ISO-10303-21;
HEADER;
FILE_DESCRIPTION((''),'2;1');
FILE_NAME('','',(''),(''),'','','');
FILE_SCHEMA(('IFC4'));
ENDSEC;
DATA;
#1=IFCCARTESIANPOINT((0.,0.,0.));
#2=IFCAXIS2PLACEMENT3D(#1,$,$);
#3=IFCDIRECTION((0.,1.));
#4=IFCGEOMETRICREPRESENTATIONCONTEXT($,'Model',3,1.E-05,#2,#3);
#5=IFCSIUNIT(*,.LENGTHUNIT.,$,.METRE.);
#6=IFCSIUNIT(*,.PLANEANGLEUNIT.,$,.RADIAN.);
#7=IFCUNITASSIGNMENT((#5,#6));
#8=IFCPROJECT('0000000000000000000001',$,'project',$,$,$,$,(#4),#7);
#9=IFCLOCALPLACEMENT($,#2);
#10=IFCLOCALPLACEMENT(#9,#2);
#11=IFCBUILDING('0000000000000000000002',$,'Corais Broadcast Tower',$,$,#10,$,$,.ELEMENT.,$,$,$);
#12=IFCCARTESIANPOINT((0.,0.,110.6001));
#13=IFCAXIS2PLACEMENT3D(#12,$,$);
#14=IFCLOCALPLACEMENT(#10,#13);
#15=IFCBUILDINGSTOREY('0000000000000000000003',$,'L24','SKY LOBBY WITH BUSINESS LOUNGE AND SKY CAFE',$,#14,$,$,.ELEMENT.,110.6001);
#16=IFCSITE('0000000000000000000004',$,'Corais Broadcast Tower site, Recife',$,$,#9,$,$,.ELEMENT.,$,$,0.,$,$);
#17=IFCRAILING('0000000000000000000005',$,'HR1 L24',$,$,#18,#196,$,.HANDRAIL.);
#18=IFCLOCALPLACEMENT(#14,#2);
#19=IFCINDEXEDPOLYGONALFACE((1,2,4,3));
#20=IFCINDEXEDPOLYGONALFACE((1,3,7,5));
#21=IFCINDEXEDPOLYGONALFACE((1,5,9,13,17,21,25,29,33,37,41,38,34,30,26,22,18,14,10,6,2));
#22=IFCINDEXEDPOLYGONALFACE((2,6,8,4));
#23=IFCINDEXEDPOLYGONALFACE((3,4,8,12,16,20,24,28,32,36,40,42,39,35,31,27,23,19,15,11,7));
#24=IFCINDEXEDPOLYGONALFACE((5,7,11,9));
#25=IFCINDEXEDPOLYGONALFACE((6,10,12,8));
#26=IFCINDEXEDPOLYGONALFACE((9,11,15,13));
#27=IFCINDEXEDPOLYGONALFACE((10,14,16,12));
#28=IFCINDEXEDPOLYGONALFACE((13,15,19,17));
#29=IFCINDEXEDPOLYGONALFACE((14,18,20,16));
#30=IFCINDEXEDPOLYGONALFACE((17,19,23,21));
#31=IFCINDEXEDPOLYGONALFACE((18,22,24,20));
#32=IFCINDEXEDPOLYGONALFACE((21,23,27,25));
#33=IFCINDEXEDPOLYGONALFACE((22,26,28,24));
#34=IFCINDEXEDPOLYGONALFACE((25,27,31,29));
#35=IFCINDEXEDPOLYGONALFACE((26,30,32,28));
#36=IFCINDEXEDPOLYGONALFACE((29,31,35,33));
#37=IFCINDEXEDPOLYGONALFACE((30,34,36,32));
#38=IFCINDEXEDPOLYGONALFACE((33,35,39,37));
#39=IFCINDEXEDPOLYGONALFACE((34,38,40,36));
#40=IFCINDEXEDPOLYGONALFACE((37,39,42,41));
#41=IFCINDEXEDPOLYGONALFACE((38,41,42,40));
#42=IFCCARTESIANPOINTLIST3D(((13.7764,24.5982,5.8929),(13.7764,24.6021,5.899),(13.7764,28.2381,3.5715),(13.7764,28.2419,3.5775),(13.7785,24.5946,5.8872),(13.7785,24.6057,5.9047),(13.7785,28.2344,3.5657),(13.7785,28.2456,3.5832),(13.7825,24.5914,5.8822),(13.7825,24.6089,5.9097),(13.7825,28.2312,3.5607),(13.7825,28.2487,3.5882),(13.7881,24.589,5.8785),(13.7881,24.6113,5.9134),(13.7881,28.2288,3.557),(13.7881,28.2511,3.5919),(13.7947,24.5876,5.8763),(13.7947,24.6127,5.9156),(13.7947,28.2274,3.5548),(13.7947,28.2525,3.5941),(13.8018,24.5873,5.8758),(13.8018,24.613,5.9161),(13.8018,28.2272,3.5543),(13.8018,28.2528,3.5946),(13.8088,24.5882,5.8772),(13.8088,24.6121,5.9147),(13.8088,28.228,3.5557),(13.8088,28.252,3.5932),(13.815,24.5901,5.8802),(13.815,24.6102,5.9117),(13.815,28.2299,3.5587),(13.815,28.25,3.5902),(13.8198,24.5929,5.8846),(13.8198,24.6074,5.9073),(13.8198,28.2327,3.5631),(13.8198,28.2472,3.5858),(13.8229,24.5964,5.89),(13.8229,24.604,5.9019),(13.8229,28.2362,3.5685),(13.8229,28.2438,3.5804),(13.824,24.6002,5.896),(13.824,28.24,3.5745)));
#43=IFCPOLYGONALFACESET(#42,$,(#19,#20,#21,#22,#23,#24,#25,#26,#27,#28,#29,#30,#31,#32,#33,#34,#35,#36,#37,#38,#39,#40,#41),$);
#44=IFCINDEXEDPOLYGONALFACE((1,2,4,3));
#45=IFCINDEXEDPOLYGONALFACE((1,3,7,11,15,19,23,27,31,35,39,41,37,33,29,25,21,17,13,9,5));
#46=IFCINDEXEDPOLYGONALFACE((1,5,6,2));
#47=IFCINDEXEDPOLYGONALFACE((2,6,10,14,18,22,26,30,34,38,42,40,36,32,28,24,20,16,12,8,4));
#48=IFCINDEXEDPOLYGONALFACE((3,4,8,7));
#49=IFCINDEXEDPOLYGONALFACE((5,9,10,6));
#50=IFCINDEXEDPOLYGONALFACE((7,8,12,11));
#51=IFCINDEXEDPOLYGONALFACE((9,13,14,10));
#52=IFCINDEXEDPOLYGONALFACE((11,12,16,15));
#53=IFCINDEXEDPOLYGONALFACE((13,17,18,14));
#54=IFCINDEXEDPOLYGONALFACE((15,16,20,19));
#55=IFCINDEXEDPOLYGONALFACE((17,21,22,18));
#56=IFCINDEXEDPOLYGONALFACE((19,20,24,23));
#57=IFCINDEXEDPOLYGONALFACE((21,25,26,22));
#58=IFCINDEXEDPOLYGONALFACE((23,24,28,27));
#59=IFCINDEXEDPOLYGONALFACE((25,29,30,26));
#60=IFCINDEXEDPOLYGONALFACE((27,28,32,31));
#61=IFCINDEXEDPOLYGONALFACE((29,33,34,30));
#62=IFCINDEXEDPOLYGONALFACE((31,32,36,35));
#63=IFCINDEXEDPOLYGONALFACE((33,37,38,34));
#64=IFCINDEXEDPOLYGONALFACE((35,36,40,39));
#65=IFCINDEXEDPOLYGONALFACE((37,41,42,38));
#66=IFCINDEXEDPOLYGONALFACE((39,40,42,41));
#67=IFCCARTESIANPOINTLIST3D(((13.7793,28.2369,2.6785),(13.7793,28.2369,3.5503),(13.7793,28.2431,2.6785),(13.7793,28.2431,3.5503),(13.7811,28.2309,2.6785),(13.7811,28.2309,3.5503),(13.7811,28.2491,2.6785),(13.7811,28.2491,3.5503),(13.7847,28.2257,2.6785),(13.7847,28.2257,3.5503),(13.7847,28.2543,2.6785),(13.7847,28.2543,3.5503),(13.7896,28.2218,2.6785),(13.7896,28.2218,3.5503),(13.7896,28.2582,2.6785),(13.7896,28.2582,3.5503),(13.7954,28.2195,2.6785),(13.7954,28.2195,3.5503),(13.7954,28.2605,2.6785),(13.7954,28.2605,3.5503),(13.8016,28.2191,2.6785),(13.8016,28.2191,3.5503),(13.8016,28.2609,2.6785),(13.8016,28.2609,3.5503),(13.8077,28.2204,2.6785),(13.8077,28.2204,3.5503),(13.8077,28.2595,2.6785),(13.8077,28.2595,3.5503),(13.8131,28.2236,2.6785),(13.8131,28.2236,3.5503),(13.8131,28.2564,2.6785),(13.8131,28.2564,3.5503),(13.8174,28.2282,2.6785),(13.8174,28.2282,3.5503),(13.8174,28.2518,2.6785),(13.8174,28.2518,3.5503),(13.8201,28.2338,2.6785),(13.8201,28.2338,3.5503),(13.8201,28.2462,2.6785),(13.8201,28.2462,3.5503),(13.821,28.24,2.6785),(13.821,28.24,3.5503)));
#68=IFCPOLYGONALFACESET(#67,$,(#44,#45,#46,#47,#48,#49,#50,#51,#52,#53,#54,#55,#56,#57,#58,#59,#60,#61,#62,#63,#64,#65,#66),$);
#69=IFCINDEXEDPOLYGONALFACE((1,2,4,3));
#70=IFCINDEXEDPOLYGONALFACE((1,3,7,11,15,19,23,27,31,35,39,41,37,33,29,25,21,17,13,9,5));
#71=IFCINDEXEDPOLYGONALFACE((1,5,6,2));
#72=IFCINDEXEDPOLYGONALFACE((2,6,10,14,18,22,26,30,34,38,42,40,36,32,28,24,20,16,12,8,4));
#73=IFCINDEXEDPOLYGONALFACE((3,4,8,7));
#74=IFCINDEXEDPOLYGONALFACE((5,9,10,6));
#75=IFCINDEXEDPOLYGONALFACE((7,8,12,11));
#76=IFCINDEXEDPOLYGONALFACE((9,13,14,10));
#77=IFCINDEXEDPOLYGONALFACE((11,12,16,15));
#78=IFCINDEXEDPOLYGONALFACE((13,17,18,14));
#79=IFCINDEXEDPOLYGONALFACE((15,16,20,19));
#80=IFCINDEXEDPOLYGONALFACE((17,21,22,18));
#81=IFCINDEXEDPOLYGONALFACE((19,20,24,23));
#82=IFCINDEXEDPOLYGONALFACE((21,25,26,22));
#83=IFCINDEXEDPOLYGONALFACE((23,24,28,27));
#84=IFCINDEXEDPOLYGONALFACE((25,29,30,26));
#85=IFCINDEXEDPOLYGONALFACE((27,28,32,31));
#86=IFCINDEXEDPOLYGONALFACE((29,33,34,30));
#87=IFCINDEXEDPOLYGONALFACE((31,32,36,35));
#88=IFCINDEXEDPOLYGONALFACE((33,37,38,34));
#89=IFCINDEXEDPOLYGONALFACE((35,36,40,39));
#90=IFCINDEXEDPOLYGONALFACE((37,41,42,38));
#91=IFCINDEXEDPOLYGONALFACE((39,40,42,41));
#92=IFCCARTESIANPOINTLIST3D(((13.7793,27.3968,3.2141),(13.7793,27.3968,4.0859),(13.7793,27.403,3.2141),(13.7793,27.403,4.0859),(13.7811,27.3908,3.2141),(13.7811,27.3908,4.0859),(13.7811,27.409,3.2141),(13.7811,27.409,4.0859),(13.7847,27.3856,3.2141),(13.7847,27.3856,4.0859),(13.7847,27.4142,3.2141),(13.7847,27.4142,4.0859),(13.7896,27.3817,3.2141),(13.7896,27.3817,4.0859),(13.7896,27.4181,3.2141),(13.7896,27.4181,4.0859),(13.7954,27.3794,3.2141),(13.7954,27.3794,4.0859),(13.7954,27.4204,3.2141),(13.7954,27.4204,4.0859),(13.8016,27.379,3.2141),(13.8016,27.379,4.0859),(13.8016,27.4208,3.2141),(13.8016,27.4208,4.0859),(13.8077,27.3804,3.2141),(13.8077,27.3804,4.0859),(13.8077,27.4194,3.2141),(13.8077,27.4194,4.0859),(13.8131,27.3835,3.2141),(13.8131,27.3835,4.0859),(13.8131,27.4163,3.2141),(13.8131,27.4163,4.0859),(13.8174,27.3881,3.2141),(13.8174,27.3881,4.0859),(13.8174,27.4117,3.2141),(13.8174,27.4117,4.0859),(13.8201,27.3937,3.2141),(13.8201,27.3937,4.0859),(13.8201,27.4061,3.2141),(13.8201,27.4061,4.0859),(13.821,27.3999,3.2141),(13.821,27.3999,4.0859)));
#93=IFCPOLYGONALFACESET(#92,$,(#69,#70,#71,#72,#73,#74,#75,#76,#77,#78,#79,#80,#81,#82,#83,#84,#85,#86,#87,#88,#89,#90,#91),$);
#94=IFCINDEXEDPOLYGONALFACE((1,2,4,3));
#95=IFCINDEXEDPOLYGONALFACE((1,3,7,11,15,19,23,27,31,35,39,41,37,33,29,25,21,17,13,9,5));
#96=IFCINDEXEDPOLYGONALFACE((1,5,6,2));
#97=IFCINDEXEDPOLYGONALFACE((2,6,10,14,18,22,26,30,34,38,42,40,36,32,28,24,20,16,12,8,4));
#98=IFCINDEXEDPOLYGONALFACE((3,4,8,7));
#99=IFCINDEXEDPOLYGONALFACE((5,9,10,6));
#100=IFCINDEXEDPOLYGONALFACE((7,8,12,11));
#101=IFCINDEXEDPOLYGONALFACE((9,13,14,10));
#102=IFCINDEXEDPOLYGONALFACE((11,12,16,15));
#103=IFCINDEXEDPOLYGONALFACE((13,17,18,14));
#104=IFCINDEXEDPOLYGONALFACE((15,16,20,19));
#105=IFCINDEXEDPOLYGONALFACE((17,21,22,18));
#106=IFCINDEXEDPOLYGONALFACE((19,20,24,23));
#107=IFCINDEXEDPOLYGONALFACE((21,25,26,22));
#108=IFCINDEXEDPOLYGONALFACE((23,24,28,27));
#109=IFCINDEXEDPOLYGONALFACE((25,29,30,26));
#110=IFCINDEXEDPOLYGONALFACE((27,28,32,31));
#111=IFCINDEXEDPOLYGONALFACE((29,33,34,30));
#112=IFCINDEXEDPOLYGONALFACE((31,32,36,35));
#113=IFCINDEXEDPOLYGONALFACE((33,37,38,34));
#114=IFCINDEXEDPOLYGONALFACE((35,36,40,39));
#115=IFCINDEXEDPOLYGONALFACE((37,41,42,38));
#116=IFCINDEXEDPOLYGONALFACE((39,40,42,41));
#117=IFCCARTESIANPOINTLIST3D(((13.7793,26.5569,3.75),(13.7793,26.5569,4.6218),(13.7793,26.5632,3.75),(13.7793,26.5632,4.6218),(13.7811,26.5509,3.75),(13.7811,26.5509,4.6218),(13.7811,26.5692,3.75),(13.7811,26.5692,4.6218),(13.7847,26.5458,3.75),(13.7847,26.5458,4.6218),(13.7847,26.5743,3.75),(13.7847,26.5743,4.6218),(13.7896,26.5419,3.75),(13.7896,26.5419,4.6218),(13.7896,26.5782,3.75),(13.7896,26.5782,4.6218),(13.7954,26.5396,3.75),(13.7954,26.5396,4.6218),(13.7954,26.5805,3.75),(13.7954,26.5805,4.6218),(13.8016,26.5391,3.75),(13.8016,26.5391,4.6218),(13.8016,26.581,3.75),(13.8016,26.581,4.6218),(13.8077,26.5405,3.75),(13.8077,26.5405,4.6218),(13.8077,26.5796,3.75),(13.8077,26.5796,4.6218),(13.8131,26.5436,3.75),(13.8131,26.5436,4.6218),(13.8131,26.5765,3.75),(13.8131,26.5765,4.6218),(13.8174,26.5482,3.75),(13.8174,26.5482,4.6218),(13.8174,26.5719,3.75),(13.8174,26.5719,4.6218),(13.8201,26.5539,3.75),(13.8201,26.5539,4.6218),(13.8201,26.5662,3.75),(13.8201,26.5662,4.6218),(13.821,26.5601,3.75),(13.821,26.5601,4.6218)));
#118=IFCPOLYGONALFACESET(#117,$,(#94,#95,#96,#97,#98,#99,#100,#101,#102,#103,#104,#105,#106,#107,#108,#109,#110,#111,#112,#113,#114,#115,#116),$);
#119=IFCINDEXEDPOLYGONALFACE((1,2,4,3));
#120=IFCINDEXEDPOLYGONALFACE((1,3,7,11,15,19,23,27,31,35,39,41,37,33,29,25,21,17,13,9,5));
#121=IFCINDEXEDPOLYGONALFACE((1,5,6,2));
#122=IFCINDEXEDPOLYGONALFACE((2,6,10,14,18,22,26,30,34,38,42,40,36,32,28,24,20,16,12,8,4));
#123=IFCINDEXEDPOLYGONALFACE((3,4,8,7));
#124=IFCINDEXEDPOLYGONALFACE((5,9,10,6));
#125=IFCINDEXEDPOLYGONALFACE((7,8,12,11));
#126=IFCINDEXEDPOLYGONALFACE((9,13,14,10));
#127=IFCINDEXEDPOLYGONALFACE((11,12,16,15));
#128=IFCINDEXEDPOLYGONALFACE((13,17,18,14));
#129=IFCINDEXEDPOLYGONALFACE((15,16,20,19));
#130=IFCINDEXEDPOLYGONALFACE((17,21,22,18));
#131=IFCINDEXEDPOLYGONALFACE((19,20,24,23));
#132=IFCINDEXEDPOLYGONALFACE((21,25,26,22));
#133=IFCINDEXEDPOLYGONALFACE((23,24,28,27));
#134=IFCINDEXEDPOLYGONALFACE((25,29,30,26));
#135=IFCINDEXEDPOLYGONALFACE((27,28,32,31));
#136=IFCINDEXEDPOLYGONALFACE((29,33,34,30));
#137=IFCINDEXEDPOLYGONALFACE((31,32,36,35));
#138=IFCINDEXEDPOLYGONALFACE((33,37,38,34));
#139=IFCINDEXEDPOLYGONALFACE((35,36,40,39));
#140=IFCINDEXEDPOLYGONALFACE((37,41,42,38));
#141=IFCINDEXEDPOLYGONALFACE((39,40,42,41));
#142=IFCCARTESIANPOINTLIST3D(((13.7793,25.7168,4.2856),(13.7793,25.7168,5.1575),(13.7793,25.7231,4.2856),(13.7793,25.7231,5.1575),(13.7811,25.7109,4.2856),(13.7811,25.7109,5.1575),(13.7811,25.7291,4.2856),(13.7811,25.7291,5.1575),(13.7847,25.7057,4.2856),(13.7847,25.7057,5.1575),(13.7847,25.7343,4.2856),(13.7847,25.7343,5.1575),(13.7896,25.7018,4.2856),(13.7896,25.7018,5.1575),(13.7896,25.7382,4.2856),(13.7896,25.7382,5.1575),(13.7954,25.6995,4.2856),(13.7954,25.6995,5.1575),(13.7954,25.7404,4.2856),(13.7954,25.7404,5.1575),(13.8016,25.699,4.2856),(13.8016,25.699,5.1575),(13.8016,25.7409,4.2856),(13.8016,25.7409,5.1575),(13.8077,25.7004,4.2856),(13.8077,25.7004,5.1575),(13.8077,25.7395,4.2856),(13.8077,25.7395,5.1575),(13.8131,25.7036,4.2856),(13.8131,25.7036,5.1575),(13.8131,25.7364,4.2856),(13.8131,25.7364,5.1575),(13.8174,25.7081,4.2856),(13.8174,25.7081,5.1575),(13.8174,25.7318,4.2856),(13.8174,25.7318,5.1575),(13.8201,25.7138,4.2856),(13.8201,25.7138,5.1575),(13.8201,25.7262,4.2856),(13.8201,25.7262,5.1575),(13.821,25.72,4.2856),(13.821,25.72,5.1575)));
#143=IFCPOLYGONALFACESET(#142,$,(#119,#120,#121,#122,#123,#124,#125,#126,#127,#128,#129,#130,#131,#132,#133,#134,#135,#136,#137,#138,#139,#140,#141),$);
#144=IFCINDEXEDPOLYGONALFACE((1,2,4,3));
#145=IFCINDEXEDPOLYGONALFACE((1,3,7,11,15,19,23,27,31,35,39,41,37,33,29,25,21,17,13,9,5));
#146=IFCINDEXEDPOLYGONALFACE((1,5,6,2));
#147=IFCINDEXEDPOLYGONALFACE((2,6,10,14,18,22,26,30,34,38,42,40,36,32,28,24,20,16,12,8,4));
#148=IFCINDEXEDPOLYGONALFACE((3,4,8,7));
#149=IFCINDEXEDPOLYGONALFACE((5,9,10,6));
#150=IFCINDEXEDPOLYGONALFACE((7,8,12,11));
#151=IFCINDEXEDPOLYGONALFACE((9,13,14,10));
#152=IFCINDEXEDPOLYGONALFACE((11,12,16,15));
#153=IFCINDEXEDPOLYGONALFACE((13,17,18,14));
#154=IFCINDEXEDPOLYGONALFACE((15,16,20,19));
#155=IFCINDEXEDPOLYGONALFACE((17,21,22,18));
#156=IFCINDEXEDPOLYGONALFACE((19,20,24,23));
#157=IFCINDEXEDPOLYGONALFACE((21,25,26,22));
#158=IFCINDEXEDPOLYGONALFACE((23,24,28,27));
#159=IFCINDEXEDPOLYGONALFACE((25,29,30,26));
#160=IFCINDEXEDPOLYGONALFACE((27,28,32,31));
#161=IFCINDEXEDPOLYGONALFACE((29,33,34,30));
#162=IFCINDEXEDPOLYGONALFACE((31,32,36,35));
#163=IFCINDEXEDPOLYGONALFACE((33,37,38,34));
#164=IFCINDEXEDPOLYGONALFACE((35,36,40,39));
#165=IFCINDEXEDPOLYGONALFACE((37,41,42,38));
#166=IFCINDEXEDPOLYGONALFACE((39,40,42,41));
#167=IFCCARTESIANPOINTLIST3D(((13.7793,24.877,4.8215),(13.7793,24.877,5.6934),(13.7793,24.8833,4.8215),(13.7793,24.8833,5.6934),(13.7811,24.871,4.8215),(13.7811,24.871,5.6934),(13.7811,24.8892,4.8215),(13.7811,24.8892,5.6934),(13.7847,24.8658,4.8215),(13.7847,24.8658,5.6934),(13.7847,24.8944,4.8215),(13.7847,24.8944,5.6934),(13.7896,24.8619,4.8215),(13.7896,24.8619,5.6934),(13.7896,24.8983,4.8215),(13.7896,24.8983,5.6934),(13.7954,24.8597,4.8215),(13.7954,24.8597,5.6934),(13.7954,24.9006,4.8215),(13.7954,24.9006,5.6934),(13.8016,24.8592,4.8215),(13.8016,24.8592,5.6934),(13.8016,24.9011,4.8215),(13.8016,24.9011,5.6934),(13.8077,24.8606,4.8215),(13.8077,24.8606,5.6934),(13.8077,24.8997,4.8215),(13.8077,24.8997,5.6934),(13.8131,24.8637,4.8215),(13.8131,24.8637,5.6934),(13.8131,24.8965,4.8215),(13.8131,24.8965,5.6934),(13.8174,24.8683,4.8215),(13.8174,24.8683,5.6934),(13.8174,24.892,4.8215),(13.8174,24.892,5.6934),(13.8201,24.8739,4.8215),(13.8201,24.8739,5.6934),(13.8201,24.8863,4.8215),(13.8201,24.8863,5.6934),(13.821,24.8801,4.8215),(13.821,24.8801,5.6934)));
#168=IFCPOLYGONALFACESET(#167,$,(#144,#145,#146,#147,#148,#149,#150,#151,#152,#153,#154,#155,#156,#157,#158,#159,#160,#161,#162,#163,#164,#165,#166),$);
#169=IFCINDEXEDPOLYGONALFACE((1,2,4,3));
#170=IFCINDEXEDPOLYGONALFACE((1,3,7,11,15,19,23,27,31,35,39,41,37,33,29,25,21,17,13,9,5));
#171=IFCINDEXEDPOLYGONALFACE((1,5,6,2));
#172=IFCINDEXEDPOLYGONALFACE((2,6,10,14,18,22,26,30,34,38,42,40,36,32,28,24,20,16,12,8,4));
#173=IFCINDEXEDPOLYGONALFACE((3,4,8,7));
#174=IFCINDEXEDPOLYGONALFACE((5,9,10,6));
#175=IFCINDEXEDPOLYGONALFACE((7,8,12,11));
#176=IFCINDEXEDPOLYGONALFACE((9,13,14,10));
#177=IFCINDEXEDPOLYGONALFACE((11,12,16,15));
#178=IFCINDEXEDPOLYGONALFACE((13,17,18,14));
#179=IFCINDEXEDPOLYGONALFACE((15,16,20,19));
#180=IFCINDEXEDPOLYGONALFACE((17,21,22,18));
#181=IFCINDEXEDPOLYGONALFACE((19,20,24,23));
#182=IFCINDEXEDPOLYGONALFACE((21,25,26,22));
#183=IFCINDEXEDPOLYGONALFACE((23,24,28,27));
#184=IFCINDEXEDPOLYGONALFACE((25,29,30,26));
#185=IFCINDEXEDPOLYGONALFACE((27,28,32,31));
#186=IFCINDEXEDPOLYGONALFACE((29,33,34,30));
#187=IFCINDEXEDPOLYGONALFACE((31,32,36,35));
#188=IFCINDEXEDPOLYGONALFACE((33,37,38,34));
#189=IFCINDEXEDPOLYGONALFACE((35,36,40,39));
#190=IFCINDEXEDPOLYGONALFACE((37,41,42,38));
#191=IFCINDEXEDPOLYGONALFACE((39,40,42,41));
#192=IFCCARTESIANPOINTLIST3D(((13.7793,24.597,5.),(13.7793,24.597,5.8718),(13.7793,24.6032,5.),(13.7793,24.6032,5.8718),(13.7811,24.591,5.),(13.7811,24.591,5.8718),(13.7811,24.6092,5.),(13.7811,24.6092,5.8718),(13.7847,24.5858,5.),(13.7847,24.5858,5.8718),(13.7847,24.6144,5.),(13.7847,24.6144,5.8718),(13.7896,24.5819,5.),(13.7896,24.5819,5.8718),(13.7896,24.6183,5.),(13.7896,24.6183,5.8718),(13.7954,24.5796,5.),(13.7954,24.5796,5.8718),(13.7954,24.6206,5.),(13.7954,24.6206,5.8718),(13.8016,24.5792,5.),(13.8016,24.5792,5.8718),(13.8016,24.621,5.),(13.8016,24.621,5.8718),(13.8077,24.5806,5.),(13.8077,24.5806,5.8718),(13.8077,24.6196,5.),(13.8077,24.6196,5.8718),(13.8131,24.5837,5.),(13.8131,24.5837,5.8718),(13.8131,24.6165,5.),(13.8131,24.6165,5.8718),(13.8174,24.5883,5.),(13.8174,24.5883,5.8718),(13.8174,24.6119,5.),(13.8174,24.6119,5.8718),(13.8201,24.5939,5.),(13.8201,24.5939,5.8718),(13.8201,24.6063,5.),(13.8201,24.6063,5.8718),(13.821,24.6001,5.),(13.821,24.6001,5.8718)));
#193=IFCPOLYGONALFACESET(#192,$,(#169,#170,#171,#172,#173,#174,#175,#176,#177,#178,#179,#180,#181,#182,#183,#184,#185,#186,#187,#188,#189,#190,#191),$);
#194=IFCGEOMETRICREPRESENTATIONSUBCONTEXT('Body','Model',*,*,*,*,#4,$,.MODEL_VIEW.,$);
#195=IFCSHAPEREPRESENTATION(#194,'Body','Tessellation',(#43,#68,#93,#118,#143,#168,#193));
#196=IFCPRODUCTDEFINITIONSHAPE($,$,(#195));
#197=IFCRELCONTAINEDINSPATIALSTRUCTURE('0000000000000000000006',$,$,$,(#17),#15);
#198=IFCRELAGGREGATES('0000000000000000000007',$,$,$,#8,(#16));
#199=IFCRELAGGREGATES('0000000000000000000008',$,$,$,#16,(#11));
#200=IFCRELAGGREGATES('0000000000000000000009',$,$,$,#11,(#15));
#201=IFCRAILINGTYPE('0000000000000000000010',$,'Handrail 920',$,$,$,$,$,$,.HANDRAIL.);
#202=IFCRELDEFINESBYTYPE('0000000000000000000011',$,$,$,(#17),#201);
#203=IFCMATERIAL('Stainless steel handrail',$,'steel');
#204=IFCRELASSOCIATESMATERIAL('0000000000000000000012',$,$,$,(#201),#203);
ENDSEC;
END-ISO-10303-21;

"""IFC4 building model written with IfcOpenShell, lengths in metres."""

from ifc_helpers import new_model, si_unit, direction, frame, origin, origin_2d, place, context, subcontext, project, spatial, circle, extrude, material, type_object, element, save


model = new_model("IFC4")

# Units and contexts
model_context = context("Model", 3, precision=1e-05, world=origin(), true_north=direction((0.0, 1.0)))
body_context = subcontext(model_context, "Body", "Model", "MODEL_VIEW")
ifc_project = project(units=[si_unit("LENGTHUNIT", "METRE"), si_unit("PLANEANGLEUNIT", "RADIAN")], contexts=[model_context])

# Site, building, storey
site_placement = place(None, origin())
site = spatial("IfcSite", under=ifc_project, at=site_placement, Name="Corais Broadcast Tower site, Recife", CompositionType="ELEMENT", RefElevation=0.0)
building_placement = place(site_placement, origin())
building = spatial("IfcBuilding", under=site, at=building_placement, Name="Corais Broadcast Tower", CompositionType="ELEMENT")
storey_placement = place(building_placement, frame((0.0, 0.0, 110.6001)))
storey = spatial("IfcBuildingStorey", under=building, at=storey_placement, Name="L24", Description="SKY LOBBY WITH BUSINESS LOUNGE AND SKY CAFE", CompositionType="ELEMENT", Elevation=110.6001)

# Railing
ifc_material_1 = material(Name="Stainless steel handrail", Category="steel")
railing_type = type_object("IfcRailingType", Name="Handrail 920", PredefinedType="HANDRAIL", material=ifc_material_1)
railing_placement = place(storey_placement, frame((13.8, 28.24, 2.6785)))
element("IfcRailing", 1, at=railing_placement, inside=storey, type_object=railing_type, Name="HR1 L24", PredefinedType="HANDRAIL", context=body_context, shape_type="SweptSolid", body=[
    extrude(circle(Radius=0.0239, at=origin_2d()), frame((0.0, 0.0, 0.896), z_axis=(0.0, -0.843112, 0.537739), x_axis=(1.0, 0.0, 0.0)), (0.0, 0.0, 1.0), 4.3171),
    extrude(circle(Radius=0.021, at=origin_2d()), origin(), (0.0, 0.0, 1.0), 0.8718),
    extrude(circle(Radius=0.021, at=origin_2d()), frame((0.0, -0.8401, 0.5356)), (0.0, 0.0, 1.0), 0.8718),
    extrude(circle(Radius=0.021, at=origin_2d()), frame((0.0, -1.6799, 1.0715)), (0.0, 0.0, 1.0), 0.8718),
    extrude(circle(Radius=0.021, at=origin_2d()), frame((0.0, -2.52, 1.6072)), (0.0, 0.0, 1.0), 0.8718),
    extrude(circle(Radius=0.021, at=origin_2d()), frame((0.0, -3.3599, 2.1431)), (0.0, 0.0, 1.0), 0.8718),
    extrude(circle(Radius=0.021, at=origin_2d()), frame((0.0, -3.6399, 2.3215)), (0.0, 0.0, 1.0), 0.8718),
])

save(model, "model.ifc")
